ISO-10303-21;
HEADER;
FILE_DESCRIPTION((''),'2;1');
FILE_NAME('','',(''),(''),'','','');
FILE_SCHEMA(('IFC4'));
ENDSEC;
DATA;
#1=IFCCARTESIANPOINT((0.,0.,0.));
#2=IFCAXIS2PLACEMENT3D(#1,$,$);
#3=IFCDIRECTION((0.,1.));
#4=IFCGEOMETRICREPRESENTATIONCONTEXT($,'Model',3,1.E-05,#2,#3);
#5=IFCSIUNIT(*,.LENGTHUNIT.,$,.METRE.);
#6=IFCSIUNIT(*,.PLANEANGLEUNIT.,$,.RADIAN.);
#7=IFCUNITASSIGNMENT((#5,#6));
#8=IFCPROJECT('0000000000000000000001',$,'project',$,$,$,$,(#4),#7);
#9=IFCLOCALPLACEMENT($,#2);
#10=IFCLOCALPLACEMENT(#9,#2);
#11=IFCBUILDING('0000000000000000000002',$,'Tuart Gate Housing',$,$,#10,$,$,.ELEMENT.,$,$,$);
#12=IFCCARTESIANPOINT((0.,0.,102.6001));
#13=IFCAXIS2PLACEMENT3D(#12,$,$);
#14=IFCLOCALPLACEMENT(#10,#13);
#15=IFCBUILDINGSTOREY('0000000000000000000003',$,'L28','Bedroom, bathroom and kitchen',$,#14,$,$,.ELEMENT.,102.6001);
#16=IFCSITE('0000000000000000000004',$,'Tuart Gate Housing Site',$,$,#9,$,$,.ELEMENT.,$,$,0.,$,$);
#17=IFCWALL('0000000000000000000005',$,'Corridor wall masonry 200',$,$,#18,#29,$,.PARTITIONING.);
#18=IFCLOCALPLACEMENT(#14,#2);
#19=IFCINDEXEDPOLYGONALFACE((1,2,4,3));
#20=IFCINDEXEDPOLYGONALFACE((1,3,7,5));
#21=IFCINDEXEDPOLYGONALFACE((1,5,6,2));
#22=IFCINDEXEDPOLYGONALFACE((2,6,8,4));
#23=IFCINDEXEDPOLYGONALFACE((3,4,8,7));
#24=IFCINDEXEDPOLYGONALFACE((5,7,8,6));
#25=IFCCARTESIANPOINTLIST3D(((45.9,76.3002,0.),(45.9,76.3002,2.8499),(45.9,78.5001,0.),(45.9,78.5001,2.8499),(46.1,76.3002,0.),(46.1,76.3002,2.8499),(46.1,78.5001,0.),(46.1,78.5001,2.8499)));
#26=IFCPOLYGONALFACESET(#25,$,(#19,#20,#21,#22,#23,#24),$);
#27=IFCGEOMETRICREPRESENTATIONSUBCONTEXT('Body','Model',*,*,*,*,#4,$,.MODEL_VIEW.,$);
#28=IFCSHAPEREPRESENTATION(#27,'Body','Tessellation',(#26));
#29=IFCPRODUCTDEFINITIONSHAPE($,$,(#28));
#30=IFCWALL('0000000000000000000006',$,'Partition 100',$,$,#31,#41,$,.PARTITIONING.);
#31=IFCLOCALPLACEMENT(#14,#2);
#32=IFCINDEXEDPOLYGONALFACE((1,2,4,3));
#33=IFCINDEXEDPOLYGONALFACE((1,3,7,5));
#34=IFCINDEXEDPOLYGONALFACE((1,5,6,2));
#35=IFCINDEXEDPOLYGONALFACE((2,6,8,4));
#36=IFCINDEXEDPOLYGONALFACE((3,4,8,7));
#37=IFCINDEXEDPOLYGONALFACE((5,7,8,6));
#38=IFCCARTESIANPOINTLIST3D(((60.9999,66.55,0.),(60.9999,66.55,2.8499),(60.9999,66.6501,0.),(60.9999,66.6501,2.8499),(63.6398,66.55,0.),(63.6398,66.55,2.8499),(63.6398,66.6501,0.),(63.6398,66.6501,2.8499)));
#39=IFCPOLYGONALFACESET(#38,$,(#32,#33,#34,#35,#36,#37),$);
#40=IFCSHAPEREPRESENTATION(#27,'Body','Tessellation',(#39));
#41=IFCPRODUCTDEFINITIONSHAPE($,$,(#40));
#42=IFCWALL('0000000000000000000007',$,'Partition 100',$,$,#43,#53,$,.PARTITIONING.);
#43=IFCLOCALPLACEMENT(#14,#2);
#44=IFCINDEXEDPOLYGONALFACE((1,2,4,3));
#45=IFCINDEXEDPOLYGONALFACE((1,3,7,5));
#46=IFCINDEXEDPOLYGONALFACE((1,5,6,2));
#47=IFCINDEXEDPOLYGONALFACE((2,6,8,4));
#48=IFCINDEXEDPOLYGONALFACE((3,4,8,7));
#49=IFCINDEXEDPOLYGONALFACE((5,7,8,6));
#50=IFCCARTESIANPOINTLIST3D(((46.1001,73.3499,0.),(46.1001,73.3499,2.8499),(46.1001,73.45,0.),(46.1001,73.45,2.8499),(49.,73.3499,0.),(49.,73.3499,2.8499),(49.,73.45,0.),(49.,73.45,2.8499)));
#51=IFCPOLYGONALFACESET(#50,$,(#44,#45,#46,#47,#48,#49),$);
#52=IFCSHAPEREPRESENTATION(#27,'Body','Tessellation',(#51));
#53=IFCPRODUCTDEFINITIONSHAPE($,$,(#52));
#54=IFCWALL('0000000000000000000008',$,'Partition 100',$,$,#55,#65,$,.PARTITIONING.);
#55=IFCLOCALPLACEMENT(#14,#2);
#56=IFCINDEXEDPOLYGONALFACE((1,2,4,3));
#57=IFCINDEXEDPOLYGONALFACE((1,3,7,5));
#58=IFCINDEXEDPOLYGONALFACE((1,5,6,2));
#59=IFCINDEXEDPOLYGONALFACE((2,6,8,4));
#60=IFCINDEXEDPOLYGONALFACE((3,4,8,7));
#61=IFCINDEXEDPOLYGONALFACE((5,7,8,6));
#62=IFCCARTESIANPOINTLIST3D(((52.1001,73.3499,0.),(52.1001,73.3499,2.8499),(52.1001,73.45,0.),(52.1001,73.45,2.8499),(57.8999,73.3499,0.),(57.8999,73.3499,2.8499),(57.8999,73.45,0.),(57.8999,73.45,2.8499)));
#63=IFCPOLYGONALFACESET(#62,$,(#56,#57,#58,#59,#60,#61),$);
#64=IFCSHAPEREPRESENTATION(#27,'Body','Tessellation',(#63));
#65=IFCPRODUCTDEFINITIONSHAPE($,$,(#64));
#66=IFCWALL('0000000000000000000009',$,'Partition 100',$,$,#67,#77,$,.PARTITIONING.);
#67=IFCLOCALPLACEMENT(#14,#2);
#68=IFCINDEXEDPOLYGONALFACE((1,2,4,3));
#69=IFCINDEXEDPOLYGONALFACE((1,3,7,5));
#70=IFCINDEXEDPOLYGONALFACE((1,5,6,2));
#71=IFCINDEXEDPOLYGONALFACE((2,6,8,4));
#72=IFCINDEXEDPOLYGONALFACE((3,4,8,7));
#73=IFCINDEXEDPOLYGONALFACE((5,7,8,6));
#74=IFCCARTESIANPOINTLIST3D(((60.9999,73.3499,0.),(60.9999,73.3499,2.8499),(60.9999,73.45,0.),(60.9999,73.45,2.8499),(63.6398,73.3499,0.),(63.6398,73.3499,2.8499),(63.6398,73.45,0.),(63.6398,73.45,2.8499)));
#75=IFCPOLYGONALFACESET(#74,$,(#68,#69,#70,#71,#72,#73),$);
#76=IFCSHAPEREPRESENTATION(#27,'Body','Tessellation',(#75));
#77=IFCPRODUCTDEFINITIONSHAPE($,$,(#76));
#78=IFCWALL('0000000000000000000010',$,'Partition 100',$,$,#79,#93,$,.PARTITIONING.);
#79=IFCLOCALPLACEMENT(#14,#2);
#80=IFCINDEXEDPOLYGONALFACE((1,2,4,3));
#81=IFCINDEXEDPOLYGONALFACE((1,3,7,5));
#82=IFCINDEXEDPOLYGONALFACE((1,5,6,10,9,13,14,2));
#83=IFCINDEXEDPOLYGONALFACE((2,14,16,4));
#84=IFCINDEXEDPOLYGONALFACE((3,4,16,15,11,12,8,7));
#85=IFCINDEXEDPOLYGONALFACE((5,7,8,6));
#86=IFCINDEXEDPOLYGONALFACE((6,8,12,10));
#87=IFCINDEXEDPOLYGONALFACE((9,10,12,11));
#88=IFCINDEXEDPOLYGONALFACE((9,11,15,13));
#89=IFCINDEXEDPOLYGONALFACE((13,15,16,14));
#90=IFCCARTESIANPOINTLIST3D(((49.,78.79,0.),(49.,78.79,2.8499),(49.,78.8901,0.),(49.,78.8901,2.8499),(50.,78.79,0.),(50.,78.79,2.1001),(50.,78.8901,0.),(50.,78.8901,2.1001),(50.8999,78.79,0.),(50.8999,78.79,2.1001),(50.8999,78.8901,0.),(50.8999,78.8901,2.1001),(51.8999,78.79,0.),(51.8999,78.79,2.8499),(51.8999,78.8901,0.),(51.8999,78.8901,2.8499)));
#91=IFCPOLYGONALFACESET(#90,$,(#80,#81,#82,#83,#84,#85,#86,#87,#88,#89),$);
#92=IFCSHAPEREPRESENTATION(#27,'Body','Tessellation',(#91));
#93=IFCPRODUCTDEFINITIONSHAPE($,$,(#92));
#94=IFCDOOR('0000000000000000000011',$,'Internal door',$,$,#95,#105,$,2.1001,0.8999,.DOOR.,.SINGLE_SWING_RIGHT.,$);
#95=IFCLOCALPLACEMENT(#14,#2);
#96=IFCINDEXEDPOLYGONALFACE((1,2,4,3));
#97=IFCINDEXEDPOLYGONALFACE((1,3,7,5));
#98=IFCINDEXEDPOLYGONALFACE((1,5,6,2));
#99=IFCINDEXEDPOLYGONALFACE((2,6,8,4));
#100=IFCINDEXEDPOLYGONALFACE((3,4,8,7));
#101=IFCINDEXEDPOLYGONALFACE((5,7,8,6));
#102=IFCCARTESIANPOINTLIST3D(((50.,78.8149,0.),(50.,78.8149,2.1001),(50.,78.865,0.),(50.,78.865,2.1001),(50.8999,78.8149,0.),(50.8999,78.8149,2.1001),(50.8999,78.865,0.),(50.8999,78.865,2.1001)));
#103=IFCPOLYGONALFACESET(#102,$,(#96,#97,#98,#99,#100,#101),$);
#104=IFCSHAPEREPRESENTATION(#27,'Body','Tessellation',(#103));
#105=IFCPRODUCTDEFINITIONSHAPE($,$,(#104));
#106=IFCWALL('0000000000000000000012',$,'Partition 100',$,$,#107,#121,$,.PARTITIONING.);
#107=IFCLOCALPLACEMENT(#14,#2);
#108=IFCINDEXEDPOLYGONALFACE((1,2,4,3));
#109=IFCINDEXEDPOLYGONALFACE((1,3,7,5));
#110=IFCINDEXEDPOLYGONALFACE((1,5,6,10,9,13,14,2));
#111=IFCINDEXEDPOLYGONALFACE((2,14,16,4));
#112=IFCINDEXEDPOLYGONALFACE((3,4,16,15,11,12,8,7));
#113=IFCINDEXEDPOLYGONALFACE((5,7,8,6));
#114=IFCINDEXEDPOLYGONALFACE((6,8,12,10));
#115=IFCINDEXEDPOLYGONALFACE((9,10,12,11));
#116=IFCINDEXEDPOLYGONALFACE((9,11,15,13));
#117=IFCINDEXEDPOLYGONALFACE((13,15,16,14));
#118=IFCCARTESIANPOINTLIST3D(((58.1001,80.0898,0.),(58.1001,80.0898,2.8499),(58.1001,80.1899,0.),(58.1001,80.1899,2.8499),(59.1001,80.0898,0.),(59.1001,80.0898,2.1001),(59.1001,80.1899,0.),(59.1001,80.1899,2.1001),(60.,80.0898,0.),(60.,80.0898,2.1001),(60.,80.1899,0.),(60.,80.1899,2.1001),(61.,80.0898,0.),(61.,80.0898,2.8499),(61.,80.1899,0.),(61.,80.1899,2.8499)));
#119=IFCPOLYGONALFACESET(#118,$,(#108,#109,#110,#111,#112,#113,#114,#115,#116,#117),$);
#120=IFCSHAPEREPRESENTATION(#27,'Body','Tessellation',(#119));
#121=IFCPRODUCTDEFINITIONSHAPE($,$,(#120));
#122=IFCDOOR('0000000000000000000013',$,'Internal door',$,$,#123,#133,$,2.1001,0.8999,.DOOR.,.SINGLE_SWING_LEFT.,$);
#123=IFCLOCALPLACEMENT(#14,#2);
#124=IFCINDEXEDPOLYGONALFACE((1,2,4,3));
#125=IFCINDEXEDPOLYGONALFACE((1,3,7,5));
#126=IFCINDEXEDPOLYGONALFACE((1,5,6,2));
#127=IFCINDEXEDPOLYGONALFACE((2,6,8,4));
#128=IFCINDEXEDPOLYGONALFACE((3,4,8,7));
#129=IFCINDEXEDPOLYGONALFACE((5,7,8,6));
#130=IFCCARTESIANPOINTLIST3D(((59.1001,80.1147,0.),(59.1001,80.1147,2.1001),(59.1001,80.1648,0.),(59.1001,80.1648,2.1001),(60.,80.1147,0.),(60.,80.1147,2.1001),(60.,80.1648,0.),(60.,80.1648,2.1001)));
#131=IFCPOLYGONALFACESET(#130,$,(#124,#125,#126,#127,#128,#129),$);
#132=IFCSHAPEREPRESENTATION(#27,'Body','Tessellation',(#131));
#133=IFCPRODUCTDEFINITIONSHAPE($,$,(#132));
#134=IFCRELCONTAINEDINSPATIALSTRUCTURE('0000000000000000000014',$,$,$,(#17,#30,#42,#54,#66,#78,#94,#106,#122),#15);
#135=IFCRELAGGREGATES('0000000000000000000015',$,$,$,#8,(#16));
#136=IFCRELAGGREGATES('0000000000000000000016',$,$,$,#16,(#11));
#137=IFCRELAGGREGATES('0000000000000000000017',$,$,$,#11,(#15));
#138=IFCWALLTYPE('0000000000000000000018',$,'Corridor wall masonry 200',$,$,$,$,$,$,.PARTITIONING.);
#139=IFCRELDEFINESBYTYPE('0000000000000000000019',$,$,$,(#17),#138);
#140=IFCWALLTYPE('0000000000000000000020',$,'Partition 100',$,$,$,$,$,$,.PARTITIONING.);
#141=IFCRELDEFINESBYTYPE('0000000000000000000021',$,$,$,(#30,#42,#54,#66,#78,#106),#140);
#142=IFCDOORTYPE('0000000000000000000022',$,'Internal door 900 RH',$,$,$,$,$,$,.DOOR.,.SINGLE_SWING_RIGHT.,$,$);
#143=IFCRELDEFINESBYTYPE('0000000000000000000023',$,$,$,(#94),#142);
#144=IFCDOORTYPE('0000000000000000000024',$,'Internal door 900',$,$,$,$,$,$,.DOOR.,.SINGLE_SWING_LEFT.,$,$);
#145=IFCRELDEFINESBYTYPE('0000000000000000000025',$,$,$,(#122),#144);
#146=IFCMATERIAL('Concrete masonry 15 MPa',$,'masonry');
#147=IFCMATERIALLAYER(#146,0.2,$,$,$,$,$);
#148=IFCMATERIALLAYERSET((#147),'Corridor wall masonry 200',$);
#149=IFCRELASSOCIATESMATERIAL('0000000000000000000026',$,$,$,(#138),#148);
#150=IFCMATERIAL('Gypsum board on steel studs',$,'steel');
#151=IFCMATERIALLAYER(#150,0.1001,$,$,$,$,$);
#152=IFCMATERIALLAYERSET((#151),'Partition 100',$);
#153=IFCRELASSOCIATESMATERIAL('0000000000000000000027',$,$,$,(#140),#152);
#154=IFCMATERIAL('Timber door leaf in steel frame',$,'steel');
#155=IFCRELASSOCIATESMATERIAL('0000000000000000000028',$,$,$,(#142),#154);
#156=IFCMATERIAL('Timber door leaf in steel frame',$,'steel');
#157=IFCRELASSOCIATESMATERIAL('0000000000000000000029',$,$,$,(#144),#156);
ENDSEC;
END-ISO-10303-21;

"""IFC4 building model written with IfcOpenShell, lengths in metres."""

from ifc_helpers import new_model, si_unit, direction, frame, frame_2d, origin, place, context, subcontext, project, spatial, rectangle, extrude, material, layer, layer_set, type_object, element, fill, save


model = new_model("IFC4")

# Units and contexts
model_context = context("Model", 3, precision=1e-05, world=origin(), true_north=direction((0.0, 1.0)))
body_context = subcontext(model_context, "Body", "Model", "MODEL_VIEW")
ifc_project = project(units=[si_unit("LENGTHUNIT", "METRE"), si_unit("PLANEANGLEUNIT", "RADIAN")], contexts=[model_context])

# Site, building, storey
site_placement = place(None, origin())
site = spatial("IfcSite", under=ifc_project, at=site_placement, Name="Tuart Gate Housing Site", CompositionType="ELEMENT", RefElevation=0.0)
building_placement = place(site_placement, origin())
building = spatial("IfcBuilding", under=site, at=building_placement, Name="Tuart Gate Housing", CompositionType="ELEMENT")
storey_placement = place(building_placement, frame((0.0, 0.0, 102.6001)))
storey = spatial("IfcBuildingStorey", under=building, at=storey_placement, Name="L28", Description="Bedroom, bathroom and kitchen", CompositionType="ELEMENT", Elevation=102.6001)

# Walls
ifc_material_1 = material(Name="Concrete masonry 15 MPa", Category="masonry")
ifc_layer_1 = layer(ifc_material_1, 0.2)
ifc_layer_set_1 = layer_set([ifc_layer_1], Name="Corridor wall masonry 200")
wall_type_1 = type_object("IfcWallType", Name="Corridor wall masonry 200", PredefinedType="PARTITIONING", material=ifc_layer_set_1)
wall_1_placement = place(storey_placement, frame((46.0, 76.3, 0.0), z_axis=(0.0, 0.0, 1.0), x_axis=(0.0, 1.0, 0.0)))
element("IfcWall", 1, at=wall_1_placement, inside=storey, type_object=wall_type_1, Name="Corridor wall masonry 200", PredefinedType="PARTITIONING", context=body_context, shape_type="SweptSolid", body=[
    extrude(rectangle(XDim=2.2, YDim=0.2, at=frame_2d((1.1001, 0.0))), origin(), (0.0, 0.0, 1.0), 2.8499),
])
ifc_material_2 = material(Name="Gypsum board on steel studs", Category="steel")
ifc_layer_2 = layer(ifc_material_2, 0.1001)
ifc_layer_set_2 = layer_set([ifc_layer_2], Name="Partition 100")
wall_type_2 = type_object("IfcWallType", Name="Partition 100", PredefinedType="PARTITIONING", material=ifc_layer_set_2)
wall_2_placement = place(storey_placement, frame((61.0, 66.6001, 0.0), z_axis=(0.0, 0.0, 1.0), x_axis=(1.0, 0.0, 0.0)))
element("IfcWall", 2, at=wall_2_placement, inside=storey, type_object=wall_type_2, Name="Partition 100", PredefinedType="PARTITIONING", context=body_context, shape_type="SweptSolid", body=[
    extrude(rectangle(XDim=2.6399, YDim=0.1001, at=frame_2d((1.3198, 0.0))), origin(), (0.0, 0.0, 1.0), 2.8499),
])
wall_3_placement = place(storey_placement, frame((46.1001, 73.3999, 0.0), z_axis=(0.0, 0.0, 1.0), x_axis=(1.0, 0.0, 0.0)))
element("IfcWall", 3, at=wall_3_placement, inside=storey, type_object=wall_type_2, Name="Partition 100", PredefinedType="PARTITIONING", context=body_context, shape_type="SweptSolid", body=[
    extrude(rectangle(XDim=2.8999, YDim=0.1001, at=frame_2d((1.45, 0.0))), origin(), (0.0, 0.0, 1.0), 2.8499),
])
wall_4_placement = place(storey_placement, frame((52.1001, 73.3999, 0.0), z_axis=(0.0, 0.0, 1.0), x_axis=(1.0, 0.0, 0.0)))
element("IfcWall", 4, at=wall_4_placement, inside=storey, type_object=wall_type_2, Name="Partition 100", PredefinedType="PARTITIONING", context=body_context, shape_type="SweptSolid", body=[
    extrude(rectangle(XDim=5.7998, YDim=0.1001, at=frame_2d((2.8999, 0.0))), origin(), (0.0, 0.0, 1.0), 2.8499),
])
wall_5_placement = place(storey_placement, frame((61.0, 73.3999, 0.0), z_axis=(0.0, 0.0, 1.0), x_axis=(1.0, 0.0, 0.0)))
element("IfcWall", 5, at=wall_5_placement, inside=storey, type_object=wall_type_2, Name="Partition 100", PredefinedType="PARTITIONING", context=body_context, shape_type="SweptSolid", body=[
    extrude(rectangle(XDim=2.6399, YDim=0.1001, at=frame_2d((1.3198, 0.0))), origin(), (0.0, 0.0, 1.0), 2.8499),
])

# Walls, openings, doors
wall_6_placement = place(storey_placement, frame((49.0, 78.8401, 0.0), z_axis=(0.0, 0.0, 1.0), x_axis=(1.0, 0.0, 0.0)))
wall_6 = element("IfcWall", 6, at=wall_6_placement, inside=storey, type_object=wall_type_2, Name="Partition 100", PredefinedType="PARTITIONING", context=body_context, shape_type="SweptSolid", body=[
    extrude(rectangle(XDim=2.8999, YDim=0.1001, at=frame_2d((1.45, 0.0))), origin(), (0.0, 0.0, 1.0), 2.8499),
])
opening_1_placement = place(wall_6_placement, frame((1.0, 0.0, 0.0)))
opening_1 = element("IfcOpeningElement", 7, at=opening_1_placement, cuts=wall_6, PredefinedType="OPENING", context=body_context, shape_type="SweptSolid", body=[
    extrude(rectangle(XDim=0.8999, YDim=2.1001, at=frame_2d((0.45, 1.05))), frame((0.0, 0.0601, 0.0), z_axis=(0.0, -1.0, 0.0), x_axis=(1.0, 0.0, 0.0)), (0.0, 0.0, 1.0), 0.1201),
])
ifc_material_3 = material(Name="Timber door leaf in steel frame", Category="steel")
door_type_1 = type_object("IfcDoorType", Name="Internal door 900 RH", OperationType="SINGLE_SWING_RIGHT", PredefinedType="DOOR", material=ifc_material_3)
door_1_placement = place(opening_1_placement, frame((0.8999, 0.0, 0.0), z_axis=(0.0, 0.0, 1.0), x_axis=(-1.0, 0.0, 0.0)))
door_1 = element("IfcDoor", 8, at=door_1_placement, inside=storey, type_object=door_type_1, Name="Internal door", OperationType="SINGLE_SWING_RIGHT", OverallHeight=2.1001, OverallWidth=0.8999, PredefinedType="DOOR", context=body_context, shape_type="SweptSolid", body=[
    extrude(rectangle(XDim=0.8999, YDim=2.1001, at=frame_2d((0.45, 1.05))), frame((0.0, 0.0251, 0.0), z_axis=(0.0, -1.0, 0.0), x_axis=(1.0, 0.0, 0.0)), (0.0, 0.0, 1.0), 0.05),
])
fill(opening_1, door_1)
wall_7_placement = place(storey_placement, frame((58.1001, 80.1399, 0.0), z_axis=(0.0, 0.0, 1.0), x_axis=(1.0, 0.0, 0.0)))
wall_7 = element("IfcWall", 9, at=wall_7_placement, inside=storey, type_object=wall_type_2, Name="Partition 100", PredefinedType="PARTITIONING", context=body_context, shape_type="SweptSolid", body=[
    extrude(rectangle(XDim=2.8999, YDim=0.1001, at=frame_2d((1.45, 0.0))), origin(), (0.0, 0.0, 1.0), 2.8499),
])
opening_2_placement = place(wall_7_placement, frame((1.0, 0.0, 0.0)))
opening_2 = element("IfcOpeningElement", 10, at=opening_2_placement, cuts=wall_7, PredefinedType="OPENING", context=body_context, shape_type="SweptSolid", body=[
    extrude(rectangle(XDim=0.8999, YDim=2.1001, at=frame_2d((0.45, 1.05))), frame((0.0, 0.0601, 0.0), z_axis=(0.0, -1.0, 0.0), x_axis=(1.0, 0.0, 0.0)), (0.0, 0.0, 1.0), 0.1201),
])
ifc_material_4 = material(Name="Timber door leaf in steel frame", Category="steel")
door_type_2 = type_object("IfcDoorType", Name="Internal door 900", OperationType="SINGLE_SWING_LEFT", PredefinedType="DOOR", material=ifc_material_4)
door_2_placement = place(opening_2_placement, frame((0.8999, 0.0, 0.0), z_axis=(0.0, 0.0, 1.0), x_axis=(-1.0, 0.0, 0.0)))
door_2 = element("IfcDoor", 11, at=door_2_placement, inside=storey, type_object=door_type_2, Name="Internal door", OperationType="SINGLE_SWING_LEFT", OverallHeight=2.1001, OverallWidth=0.8999, PredefinedType="DOOR", context=body_context, shape_type="SweptSolid", body=[
    extrude(rectangle(XDim=0.8999, YDim=2.1001, at=frame_2d((0.45, 1.05))), frame((0.0, 0.0251, 0.0), z_axis=(0.0, -1.0, 0.0), x_axis=(1.0, 0.0, 0.0)), (0.0, 0.0, 1.0), 0.05),
])
fill(opening_2, door_2)

save(model, "model.ifc")
